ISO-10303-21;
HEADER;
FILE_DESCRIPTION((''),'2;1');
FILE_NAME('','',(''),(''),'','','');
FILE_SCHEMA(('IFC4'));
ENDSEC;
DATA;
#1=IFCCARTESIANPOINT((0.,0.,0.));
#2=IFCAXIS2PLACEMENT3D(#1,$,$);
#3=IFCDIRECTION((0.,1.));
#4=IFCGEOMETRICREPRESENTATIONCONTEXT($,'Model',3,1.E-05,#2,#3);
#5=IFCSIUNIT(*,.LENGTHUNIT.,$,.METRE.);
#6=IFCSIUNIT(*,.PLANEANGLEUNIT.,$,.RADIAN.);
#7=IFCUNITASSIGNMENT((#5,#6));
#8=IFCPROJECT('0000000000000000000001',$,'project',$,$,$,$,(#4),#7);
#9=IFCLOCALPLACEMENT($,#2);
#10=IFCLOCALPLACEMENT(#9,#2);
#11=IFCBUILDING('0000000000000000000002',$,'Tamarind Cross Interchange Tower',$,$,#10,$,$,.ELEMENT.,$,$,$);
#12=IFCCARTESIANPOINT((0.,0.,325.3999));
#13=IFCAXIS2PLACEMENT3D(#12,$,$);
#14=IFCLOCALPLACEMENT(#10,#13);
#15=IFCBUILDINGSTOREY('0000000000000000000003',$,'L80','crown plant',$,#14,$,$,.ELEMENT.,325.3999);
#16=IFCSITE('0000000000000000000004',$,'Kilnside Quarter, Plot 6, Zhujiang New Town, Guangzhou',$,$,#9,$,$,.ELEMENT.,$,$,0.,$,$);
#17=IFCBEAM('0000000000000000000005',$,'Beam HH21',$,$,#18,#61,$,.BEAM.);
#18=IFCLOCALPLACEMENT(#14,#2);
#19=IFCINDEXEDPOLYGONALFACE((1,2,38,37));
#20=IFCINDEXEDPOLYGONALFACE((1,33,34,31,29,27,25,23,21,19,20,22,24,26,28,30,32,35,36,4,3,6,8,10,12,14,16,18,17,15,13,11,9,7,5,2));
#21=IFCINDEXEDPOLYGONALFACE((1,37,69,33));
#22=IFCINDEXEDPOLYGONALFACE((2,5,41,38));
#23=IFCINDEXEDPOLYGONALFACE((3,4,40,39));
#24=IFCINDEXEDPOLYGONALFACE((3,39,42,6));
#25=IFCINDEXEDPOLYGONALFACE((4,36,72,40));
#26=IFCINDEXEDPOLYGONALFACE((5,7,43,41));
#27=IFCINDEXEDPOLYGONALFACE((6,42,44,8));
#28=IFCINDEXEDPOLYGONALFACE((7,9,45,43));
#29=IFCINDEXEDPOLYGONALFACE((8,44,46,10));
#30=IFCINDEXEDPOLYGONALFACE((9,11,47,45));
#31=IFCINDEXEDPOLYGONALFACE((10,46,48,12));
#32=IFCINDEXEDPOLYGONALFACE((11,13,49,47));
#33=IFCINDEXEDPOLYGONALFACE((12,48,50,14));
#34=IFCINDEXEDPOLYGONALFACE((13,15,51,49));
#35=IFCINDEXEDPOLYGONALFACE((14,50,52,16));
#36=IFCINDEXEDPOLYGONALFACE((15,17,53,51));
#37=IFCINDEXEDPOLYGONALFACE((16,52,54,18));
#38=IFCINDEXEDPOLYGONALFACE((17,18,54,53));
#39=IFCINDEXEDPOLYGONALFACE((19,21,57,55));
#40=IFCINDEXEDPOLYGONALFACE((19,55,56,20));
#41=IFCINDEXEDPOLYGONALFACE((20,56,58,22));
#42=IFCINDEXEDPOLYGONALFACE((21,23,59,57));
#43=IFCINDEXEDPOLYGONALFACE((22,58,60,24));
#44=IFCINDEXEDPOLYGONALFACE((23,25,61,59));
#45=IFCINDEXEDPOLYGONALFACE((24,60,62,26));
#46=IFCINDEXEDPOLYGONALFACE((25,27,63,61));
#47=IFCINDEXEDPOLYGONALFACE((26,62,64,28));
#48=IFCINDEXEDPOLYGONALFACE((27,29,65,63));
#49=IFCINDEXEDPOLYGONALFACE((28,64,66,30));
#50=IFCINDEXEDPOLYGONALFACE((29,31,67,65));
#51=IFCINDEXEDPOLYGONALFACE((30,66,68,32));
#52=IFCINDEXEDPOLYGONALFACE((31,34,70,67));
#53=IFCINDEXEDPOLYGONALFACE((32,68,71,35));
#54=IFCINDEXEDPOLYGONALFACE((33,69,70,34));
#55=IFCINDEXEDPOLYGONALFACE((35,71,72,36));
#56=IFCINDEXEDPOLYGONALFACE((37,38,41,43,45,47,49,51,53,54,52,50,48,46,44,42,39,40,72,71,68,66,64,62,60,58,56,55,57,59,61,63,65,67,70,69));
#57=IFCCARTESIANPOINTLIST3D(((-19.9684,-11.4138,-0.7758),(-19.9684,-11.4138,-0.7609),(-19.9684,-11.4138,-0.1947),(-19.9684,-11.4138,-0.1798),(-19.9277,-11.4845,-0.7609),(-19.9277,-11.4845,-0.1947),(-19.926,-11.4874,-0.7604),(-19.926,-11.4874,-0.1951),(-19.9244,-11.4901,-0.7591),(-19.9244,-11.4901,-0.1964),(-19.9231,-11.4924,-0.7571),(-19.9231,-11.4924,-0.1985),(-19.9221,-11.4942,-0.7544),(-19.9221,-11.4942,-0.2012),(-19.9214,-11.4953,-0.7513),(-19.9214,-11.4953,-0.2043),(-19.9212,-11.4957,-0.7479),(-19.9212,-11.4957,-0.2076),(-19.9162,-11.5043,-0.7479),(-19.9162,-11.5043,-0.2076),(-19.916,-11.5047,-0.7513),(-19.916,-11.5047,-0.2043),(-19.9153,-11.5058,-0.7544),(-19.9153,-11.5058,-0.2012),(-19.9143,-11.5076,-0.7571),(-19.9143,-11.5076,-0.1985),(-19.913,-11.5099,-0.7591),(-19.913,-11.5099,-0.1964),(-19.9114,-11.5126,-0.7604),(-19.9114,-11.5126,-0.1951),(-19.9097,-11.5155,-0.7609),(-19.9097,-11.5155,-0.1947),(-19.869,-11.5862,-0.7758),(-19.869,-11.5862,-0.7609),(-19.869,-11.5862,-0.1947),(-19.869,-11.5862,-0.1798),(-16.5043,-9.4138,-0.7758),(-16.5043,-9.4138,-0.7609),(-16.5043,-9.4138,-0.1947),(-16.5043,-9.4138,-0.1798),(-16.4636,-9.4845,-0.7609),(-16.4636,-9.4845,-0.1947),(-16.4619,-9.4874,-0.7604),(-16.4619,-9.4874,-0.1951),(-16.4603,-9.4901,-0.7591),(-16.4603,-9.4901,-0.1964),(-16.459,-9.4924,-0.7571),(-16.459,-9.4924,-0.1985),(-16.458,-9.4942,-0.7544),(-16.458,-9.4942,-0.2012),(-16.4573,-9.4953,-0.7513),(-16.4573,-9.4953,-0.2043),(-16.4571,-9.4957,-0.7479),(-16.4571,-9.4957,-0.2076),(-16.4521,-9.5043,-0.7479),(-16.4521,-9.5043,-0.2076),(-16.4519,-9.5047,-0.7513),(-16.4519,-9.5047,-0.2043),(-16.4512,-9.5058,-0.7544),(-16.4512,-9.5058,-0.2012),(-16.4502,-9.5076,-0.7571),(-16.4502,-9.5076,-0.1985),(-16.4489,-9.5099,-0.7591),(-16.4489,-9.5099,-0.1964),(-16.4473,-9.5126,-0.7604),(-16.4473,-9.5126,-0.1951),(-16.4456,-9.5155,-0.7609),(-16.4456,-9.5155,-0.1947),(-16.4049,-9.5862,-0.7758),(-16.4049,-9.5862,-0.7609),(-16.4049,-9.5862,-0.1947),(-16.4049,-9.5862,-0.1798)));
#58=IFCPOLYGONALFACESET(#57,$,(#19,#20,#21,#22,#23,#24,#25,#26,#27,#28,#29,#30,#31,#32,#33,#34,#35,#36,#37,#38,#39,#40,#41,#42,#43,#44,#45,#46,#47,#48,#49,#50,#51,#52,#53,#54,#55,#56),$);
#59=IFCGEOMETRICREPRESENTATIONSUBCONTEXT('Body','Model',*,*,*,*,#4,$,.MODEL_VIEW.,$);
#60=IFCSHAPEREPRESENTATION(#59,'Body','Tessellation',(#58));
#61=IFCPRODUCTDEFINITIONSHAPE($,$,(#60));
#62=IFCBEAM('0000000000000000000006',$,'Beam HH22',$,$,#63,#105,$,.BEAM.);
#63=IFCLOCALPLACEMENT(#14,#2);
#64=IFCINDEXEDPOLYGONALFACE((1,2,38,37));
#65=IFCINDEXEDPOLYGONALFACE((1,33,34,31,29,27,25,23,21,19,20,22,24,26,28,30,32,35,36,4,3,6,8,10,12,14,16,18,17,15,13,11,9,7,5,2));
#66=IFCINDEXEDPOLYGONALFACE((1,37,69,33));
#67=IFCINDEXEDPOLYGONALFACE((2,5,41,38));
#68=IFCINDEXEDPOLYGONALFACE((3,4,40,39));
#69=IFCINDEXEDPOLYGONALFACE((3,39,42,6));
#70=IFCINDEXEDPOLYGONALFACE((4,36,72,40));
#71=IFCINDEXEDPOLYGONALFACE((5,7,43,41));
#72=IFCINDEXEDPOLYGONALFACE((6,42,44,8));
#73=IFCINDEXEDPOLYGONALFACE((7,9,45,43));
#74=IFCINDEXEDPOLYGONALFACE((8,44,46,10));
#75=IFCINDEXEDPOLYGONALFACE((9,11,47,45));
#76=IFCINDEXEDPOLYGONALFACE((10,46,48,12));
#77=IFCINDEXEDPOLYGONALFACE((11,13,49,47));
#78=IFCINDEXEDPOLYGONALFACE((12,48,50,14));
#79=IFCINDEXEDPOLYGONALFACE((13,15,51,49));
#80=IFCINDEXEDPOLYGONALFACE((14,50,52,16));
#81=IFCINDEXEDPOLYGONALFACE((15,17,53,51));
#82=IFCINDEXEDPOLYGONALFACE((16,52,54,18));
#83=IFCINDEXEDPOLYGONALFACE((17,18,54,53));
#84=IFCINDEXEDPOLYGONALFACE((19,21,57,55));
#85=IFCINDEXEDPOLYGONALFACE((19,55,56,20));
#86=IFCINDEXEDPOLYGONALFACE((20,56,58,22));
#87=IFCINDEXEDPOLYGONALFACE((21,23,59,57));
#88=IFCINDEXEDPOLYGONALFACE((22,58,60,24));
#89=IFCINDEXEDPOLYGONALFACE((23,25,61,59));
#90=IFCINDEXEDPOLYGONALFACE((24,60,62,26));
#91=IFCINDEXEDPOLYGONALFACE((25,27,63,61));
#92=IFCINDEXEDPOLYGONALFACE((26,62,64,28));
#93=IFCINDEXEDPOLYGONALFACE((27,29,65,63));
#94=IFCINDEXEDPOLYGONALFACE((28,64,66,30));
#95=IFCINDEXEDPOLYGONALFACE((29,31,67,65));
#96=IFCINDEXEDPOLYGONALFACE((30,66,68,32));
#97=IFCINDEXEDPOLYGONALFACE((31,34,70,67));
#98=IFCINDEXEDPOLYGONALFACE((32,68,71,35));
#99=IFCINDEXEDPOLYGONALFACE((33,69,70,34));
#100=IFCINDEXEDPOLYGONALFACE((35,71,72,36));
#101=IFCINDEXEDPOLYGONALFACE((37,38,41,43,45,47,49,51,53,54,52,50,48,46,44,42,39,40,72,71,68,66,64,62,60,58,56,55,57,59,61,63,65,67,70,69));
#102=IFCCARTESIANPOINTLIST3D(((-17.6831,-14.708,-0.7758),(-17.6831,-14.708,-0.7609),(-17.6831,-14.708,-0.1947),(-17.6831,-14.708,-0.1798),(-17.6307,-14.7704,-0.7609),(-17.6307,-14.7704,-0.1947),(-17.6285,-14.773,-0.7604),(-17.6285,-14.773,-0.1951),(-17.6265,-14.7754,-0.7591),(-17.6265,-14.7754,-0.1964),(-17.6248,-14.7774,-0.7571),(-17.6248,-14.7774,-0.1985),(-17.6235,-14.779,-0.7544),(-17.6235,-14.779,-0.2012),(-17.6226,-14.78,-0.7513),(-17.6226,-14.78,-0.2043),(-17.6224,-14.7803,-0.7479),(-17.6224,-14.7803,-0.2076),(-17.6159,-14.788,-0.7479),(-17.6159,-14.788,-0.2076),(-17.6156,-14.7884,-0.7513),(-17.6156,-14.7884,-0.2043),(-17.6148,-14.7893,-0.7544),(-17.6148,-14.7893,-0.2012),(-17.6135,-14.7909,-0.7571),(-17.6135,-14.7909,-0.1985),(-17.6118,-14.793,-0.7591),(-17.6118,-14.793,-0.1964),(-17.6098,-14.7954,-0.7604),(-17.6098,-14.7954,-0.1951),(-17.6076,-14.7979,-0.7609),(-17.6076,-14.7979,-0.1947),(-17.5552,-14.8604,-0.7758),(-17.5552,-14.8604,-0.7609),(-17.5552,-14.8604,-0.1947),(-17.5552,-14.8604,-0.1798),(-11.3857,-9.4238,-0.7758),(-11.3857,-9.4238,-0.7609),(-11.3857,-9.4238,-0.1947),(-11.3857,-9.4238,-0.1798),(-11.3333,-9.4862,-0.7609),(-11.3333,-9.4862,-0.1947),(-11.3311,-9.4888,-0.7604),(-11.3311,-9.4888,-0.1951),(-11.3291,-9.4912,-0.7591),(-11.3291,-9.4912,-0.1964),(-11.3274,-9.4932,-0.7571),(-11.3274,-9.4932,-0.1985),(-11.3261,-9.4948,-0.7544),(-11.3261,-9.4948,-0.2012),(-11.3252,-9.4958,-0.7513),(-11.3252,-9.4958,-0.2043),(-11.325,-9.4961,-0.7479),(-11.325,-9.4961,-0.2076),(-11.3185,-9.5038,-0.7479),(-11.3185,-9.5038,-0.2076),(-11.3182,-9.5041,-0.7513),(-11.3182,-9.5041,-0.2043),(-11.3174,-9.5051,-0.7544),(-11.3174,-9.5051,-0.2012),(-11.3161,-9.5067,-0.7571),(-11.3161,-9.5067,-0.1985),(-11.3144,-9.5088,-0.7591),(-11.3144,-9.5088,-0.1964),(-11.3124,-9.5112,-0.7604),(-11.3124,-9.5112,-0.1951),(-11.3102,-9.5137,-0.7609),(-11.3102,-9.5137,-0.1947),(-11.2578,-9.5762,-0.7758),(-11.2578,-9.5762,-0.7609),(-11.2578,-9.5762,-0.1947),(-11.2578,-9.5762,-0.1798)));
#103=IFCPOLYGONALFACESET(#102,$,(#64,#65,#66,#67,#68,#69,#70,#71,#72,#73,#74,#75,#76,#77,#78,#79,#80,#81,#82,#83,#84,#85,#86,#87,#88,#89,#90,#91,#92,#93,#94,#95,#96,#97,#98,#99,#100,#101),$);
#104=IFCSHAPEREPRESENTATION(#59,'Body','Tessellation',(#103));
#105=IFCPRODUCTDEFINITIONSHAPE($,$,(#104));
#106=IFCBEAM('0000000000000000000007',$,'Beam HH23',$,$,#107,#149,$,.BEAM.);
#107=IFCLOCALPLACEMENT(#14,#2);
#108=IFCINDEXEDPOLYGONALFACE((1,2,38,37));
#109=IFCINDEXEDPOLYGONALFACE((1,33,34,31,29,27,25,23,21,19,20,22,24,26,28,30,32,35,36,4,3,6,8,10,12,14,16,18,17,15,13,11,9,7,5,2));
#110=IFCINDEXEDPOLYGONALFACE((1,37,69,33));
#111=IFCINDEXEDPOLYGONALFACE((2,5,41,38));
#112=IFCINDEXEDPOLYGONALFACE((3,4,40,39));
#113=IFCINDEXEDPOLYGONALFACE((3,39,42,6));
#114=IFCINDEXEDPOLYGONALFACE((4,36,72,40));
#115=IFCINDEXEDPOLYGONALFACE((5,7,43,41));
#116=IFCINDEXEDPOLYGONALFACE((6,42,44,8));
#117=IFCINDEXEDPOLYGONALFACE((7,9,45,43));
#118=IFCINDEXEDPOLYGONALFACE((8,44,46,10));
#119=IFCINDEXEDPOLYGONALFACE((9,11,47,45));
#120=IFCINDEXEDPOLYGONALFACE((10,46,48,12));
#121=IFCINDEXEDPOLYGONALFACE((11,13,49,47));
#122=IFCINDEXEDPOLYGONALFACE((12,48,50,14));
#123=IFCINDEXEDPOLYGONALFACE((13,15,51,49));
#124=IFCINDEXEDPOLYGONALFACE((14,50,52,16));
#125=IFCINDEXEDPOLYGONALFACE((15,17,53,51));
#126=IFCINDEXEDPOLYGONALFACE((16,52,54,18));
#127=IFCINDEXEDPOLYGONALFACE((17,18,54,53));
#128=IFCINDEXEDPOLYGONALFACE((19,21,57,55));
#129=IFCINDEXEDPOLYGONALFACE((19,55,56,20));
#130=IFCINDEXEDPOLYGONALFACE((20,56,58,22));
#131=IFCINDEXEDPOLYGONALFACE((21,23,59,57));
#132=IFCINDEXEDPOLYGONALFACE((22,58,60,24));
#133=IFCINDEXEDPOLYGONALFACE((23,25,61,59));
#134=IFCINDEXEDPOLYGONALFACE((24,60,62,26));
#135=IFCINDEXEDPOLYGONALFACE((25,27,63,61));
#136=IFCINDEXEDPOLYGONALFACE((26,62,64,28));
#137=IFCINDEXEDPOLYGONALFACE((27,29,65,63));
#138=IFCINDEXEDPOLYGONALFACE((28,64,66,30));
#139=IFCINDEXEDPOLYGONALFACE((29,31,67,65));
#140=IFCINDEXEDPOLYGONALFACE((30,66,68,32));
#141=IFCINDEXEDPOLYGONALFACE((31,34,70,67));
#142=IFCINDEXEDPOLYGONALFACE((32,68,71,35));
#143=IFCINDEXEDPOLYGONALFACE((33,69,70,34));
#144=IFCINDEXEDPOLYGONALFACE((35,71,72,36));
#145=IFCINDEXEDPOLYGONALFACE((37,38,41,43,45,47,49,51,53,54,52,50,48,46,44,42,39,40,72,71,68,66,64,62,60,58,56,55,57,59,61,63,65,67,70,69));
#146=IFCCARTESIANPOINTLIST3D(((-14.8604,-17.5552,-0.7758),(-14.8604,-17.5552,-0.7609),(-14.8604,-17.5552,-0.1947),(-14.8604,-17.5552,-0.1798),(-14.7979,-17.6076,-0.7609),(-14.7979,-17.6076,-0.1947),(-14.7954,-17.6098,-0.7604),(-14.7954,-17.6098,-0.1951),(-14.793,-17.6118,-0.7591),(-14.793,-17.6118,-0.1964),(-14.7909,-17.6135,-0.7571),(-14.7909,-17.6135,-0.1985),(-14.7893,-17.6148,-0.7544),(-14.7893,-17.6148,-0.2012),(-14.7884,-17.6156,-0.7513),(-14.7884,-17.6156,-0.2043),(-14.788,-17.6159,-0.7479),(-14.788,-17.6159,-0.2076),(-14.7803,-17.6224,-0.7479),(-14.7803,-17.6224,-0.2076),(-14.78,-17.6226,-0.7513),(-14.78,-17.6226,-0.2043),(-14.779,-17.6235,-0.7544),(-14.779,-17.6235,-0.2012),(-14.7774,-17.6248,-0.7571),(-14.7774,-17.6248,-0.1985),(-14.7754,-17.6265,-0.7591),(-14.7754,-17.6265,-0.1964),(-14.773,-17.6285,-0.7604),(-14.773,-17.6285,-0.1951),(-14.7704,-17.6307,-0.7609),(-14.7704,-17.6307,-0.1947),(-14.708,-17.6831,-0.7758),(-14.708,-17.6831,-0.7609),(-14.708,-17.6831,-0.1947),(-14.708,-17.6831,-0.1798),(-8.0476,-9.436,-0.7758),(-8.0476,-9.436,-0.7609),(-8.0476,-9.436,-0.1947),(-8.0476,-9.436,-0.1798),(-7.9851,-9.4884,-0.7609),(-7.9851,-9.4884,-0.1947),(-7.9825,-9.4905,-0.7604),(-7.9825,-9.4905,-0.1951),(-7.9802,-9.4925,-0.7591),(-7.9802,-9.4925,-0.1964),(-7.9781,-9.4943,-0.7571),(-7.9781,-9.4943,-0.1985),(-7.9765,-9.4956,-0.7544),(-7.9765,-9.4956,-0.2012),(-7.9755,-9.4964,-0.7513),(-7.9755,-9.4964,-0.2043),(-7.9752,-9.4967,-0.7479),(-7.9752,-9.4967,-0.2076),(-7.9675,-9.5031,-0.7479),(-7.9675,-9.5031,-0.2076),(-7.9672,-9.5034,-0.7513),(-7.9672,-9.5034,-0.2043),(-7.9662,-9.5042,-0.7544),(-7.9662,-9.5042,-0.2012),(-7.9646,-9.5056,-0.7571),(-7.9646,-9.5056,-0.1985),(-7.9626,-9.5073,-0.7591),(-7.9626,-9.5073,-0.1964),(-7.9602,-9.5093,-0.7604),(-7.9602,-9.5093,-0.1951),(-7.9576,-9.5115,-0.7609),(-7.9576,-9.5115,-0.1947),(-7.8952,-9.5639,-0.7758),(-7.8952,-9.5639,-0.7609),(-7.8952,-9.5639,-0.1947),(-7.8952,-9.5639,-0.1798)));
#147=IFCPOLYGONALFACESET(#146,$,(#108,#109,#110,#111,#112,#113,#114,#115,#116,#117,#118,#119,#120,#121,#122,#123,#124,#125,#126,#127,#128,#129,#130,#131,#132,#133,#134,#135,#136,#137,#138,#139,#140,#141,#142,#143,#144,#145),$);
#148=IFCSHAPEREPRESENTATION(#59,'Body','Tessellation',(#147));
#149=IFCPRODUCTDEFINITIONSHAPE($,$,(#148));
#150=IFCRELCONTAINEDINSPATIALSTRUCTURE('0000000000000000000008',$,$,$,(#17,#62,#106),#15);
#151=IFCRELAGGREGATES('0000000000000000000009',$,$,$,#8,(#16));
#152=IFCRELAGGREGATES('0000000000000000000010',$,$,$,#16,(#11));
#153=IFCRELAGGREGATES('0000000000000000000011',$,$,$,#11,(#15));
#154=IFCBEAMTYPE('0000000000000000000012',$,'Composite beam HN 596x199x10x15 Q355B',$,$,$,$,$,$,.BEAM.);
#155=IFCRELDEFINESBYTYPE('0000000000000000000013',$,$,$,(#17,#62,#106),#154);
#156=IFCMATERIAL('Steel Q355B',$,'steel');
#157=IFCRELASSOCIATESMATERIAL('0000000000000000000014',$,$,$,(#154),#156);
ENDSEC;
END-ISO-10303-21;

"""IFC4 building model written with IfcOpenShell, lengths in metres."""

from ifc_helpers import new_model, si_unit, direction, frame, origin, origin_2d, place, context, subcontext, project, spatial, i_section, extrude, material, material_profile, profile_set, type_object, element, save


model = new_model("IFC4")

# Units and contexts
model_context = context("Model", 3, precision=1e-05, world=origin(), true_north=direction((0.0, 1.0)))
body_context = subcontext(model_context, "Body", "Model", "MODEL_VIEW")
ifc_project = project(units=[si_unit("LENGTHUNIT", "METRE"), si_unit("PLANEANGLEUNIT", "RADIAN")], contexts=[model_context])

# Site, building, storey
site_placement = place(None, origin())
site = spatial("IfcSite", under=ifc_project, at=site_placement, Name="Kilnside Quarter, Plot 6, Zhujiang New Town, Guangzhou", CompositionType="ELEMENT", RefElevation=0.0)
building_placement = place(site_placement, origin())
building = spatial("IfcBuilding", under=site, at=building_placement, Name="Tamarind Cross Interchange Tower", CompositionType="ELEMENT")
storey_placement = place(building_placement, frame((0.0, 0.0, 325.3999)))
storey = spatial("IfcBuildingStorey", under=building, at=storey_placement, Name="L80", Description="crown plant", CompositionType="ELEMENT", Elevation=325.3999)

# Beams
ifc_material_1 = material(Name="Steel Q355B", Category="steel")
ifc_material_profile_1 = material_profile(ifc_material_1, i_section(OverallWidth=0.199, OverallDepth=0.5959, WebThickness=0.01, FlangeThickness=0.0149, FilletRadius=0.0129, at=origin_2d()), Name="HN 596x199x10x15")
ifc_profile_set_1 = profile_set([ifc_material_profile_1], Name="Steel Q355B")
beam_type = type_object("IfcBeamType", Name="Composite beam HN 596x199x10x15 Q355B", PredefinedType="BEAM", material=ifc_profile_set_1)
beam_1_placement = place(storey_placement, frame((-19.9187, -11.5, -0.4778), z_axis=(0.866026, 0.499999, 0.0), x_axis=(-0.499999, 0.866026, 0.0)))
element("IfcBeam", 1, at=beam_1_placement, inside=storey, type_object=beam_type, Name="Beam HH21", PredefinedType="BEAM", context=body_context, shape_type="SweptSolid", body=[
    extrude(i_section(OverallWidth=0.199, OverallDepth=0.5959, WebThickness=0.01, FlangeThickness=0.0149, FilletRadius=0.0129, at=origin_2d()), origin(), (0.0, 0.0, 1.0), 4.0),
])
beam_2_placement = place(storey_placement, frame((-17.6191, -14.7842, -0.4778), z_axis=(0.766041, 0.642792, 0.0), x_axis=(-0.642792, 0.766041, 0.0)))
element("IfcBeam", 2, at=beam_2_placement, inside=storey, type_object=beam_type, Name="Beam HH22", PredefinedType="BEAM", context=body_context, shape_type="SweptSolid", body=[
    extrude(i_section(OverallWidth=0.199, OverallDepth=0.5959, WebThickness=0.01, FlangeThickness=0.0149, FilletRadius=0.0129, at=origin_2d()), origin(), (0.0, 0.0, 1.0), 8.2207),
])
beam_3_placement = place(storey_placement, frame((-14.7842, -17.6191, -0.4778), z_axis=(0.642786, 0.766046, 0.0), x_axis=(-0.766046, 0.642786, 0.0)))
element("IfcBeam", 3, at=beam_3_placement, inside=storey, type_object=beam_type, Name="Beam HH23", PredefinedType="BEAM", context=body_context, shape_type="SweptSolid", body=[
    extrude(i_section(OverallWidth=0.199, OverallDepth=0.5959, WebThickness=0.01, FlangeThickness=0.0149, FilletRadius=0.0129, at=origin_2d()), origin(), (0.0, 0.0, 1.0), 10.5989),
])

save(model, "model.ifc")
